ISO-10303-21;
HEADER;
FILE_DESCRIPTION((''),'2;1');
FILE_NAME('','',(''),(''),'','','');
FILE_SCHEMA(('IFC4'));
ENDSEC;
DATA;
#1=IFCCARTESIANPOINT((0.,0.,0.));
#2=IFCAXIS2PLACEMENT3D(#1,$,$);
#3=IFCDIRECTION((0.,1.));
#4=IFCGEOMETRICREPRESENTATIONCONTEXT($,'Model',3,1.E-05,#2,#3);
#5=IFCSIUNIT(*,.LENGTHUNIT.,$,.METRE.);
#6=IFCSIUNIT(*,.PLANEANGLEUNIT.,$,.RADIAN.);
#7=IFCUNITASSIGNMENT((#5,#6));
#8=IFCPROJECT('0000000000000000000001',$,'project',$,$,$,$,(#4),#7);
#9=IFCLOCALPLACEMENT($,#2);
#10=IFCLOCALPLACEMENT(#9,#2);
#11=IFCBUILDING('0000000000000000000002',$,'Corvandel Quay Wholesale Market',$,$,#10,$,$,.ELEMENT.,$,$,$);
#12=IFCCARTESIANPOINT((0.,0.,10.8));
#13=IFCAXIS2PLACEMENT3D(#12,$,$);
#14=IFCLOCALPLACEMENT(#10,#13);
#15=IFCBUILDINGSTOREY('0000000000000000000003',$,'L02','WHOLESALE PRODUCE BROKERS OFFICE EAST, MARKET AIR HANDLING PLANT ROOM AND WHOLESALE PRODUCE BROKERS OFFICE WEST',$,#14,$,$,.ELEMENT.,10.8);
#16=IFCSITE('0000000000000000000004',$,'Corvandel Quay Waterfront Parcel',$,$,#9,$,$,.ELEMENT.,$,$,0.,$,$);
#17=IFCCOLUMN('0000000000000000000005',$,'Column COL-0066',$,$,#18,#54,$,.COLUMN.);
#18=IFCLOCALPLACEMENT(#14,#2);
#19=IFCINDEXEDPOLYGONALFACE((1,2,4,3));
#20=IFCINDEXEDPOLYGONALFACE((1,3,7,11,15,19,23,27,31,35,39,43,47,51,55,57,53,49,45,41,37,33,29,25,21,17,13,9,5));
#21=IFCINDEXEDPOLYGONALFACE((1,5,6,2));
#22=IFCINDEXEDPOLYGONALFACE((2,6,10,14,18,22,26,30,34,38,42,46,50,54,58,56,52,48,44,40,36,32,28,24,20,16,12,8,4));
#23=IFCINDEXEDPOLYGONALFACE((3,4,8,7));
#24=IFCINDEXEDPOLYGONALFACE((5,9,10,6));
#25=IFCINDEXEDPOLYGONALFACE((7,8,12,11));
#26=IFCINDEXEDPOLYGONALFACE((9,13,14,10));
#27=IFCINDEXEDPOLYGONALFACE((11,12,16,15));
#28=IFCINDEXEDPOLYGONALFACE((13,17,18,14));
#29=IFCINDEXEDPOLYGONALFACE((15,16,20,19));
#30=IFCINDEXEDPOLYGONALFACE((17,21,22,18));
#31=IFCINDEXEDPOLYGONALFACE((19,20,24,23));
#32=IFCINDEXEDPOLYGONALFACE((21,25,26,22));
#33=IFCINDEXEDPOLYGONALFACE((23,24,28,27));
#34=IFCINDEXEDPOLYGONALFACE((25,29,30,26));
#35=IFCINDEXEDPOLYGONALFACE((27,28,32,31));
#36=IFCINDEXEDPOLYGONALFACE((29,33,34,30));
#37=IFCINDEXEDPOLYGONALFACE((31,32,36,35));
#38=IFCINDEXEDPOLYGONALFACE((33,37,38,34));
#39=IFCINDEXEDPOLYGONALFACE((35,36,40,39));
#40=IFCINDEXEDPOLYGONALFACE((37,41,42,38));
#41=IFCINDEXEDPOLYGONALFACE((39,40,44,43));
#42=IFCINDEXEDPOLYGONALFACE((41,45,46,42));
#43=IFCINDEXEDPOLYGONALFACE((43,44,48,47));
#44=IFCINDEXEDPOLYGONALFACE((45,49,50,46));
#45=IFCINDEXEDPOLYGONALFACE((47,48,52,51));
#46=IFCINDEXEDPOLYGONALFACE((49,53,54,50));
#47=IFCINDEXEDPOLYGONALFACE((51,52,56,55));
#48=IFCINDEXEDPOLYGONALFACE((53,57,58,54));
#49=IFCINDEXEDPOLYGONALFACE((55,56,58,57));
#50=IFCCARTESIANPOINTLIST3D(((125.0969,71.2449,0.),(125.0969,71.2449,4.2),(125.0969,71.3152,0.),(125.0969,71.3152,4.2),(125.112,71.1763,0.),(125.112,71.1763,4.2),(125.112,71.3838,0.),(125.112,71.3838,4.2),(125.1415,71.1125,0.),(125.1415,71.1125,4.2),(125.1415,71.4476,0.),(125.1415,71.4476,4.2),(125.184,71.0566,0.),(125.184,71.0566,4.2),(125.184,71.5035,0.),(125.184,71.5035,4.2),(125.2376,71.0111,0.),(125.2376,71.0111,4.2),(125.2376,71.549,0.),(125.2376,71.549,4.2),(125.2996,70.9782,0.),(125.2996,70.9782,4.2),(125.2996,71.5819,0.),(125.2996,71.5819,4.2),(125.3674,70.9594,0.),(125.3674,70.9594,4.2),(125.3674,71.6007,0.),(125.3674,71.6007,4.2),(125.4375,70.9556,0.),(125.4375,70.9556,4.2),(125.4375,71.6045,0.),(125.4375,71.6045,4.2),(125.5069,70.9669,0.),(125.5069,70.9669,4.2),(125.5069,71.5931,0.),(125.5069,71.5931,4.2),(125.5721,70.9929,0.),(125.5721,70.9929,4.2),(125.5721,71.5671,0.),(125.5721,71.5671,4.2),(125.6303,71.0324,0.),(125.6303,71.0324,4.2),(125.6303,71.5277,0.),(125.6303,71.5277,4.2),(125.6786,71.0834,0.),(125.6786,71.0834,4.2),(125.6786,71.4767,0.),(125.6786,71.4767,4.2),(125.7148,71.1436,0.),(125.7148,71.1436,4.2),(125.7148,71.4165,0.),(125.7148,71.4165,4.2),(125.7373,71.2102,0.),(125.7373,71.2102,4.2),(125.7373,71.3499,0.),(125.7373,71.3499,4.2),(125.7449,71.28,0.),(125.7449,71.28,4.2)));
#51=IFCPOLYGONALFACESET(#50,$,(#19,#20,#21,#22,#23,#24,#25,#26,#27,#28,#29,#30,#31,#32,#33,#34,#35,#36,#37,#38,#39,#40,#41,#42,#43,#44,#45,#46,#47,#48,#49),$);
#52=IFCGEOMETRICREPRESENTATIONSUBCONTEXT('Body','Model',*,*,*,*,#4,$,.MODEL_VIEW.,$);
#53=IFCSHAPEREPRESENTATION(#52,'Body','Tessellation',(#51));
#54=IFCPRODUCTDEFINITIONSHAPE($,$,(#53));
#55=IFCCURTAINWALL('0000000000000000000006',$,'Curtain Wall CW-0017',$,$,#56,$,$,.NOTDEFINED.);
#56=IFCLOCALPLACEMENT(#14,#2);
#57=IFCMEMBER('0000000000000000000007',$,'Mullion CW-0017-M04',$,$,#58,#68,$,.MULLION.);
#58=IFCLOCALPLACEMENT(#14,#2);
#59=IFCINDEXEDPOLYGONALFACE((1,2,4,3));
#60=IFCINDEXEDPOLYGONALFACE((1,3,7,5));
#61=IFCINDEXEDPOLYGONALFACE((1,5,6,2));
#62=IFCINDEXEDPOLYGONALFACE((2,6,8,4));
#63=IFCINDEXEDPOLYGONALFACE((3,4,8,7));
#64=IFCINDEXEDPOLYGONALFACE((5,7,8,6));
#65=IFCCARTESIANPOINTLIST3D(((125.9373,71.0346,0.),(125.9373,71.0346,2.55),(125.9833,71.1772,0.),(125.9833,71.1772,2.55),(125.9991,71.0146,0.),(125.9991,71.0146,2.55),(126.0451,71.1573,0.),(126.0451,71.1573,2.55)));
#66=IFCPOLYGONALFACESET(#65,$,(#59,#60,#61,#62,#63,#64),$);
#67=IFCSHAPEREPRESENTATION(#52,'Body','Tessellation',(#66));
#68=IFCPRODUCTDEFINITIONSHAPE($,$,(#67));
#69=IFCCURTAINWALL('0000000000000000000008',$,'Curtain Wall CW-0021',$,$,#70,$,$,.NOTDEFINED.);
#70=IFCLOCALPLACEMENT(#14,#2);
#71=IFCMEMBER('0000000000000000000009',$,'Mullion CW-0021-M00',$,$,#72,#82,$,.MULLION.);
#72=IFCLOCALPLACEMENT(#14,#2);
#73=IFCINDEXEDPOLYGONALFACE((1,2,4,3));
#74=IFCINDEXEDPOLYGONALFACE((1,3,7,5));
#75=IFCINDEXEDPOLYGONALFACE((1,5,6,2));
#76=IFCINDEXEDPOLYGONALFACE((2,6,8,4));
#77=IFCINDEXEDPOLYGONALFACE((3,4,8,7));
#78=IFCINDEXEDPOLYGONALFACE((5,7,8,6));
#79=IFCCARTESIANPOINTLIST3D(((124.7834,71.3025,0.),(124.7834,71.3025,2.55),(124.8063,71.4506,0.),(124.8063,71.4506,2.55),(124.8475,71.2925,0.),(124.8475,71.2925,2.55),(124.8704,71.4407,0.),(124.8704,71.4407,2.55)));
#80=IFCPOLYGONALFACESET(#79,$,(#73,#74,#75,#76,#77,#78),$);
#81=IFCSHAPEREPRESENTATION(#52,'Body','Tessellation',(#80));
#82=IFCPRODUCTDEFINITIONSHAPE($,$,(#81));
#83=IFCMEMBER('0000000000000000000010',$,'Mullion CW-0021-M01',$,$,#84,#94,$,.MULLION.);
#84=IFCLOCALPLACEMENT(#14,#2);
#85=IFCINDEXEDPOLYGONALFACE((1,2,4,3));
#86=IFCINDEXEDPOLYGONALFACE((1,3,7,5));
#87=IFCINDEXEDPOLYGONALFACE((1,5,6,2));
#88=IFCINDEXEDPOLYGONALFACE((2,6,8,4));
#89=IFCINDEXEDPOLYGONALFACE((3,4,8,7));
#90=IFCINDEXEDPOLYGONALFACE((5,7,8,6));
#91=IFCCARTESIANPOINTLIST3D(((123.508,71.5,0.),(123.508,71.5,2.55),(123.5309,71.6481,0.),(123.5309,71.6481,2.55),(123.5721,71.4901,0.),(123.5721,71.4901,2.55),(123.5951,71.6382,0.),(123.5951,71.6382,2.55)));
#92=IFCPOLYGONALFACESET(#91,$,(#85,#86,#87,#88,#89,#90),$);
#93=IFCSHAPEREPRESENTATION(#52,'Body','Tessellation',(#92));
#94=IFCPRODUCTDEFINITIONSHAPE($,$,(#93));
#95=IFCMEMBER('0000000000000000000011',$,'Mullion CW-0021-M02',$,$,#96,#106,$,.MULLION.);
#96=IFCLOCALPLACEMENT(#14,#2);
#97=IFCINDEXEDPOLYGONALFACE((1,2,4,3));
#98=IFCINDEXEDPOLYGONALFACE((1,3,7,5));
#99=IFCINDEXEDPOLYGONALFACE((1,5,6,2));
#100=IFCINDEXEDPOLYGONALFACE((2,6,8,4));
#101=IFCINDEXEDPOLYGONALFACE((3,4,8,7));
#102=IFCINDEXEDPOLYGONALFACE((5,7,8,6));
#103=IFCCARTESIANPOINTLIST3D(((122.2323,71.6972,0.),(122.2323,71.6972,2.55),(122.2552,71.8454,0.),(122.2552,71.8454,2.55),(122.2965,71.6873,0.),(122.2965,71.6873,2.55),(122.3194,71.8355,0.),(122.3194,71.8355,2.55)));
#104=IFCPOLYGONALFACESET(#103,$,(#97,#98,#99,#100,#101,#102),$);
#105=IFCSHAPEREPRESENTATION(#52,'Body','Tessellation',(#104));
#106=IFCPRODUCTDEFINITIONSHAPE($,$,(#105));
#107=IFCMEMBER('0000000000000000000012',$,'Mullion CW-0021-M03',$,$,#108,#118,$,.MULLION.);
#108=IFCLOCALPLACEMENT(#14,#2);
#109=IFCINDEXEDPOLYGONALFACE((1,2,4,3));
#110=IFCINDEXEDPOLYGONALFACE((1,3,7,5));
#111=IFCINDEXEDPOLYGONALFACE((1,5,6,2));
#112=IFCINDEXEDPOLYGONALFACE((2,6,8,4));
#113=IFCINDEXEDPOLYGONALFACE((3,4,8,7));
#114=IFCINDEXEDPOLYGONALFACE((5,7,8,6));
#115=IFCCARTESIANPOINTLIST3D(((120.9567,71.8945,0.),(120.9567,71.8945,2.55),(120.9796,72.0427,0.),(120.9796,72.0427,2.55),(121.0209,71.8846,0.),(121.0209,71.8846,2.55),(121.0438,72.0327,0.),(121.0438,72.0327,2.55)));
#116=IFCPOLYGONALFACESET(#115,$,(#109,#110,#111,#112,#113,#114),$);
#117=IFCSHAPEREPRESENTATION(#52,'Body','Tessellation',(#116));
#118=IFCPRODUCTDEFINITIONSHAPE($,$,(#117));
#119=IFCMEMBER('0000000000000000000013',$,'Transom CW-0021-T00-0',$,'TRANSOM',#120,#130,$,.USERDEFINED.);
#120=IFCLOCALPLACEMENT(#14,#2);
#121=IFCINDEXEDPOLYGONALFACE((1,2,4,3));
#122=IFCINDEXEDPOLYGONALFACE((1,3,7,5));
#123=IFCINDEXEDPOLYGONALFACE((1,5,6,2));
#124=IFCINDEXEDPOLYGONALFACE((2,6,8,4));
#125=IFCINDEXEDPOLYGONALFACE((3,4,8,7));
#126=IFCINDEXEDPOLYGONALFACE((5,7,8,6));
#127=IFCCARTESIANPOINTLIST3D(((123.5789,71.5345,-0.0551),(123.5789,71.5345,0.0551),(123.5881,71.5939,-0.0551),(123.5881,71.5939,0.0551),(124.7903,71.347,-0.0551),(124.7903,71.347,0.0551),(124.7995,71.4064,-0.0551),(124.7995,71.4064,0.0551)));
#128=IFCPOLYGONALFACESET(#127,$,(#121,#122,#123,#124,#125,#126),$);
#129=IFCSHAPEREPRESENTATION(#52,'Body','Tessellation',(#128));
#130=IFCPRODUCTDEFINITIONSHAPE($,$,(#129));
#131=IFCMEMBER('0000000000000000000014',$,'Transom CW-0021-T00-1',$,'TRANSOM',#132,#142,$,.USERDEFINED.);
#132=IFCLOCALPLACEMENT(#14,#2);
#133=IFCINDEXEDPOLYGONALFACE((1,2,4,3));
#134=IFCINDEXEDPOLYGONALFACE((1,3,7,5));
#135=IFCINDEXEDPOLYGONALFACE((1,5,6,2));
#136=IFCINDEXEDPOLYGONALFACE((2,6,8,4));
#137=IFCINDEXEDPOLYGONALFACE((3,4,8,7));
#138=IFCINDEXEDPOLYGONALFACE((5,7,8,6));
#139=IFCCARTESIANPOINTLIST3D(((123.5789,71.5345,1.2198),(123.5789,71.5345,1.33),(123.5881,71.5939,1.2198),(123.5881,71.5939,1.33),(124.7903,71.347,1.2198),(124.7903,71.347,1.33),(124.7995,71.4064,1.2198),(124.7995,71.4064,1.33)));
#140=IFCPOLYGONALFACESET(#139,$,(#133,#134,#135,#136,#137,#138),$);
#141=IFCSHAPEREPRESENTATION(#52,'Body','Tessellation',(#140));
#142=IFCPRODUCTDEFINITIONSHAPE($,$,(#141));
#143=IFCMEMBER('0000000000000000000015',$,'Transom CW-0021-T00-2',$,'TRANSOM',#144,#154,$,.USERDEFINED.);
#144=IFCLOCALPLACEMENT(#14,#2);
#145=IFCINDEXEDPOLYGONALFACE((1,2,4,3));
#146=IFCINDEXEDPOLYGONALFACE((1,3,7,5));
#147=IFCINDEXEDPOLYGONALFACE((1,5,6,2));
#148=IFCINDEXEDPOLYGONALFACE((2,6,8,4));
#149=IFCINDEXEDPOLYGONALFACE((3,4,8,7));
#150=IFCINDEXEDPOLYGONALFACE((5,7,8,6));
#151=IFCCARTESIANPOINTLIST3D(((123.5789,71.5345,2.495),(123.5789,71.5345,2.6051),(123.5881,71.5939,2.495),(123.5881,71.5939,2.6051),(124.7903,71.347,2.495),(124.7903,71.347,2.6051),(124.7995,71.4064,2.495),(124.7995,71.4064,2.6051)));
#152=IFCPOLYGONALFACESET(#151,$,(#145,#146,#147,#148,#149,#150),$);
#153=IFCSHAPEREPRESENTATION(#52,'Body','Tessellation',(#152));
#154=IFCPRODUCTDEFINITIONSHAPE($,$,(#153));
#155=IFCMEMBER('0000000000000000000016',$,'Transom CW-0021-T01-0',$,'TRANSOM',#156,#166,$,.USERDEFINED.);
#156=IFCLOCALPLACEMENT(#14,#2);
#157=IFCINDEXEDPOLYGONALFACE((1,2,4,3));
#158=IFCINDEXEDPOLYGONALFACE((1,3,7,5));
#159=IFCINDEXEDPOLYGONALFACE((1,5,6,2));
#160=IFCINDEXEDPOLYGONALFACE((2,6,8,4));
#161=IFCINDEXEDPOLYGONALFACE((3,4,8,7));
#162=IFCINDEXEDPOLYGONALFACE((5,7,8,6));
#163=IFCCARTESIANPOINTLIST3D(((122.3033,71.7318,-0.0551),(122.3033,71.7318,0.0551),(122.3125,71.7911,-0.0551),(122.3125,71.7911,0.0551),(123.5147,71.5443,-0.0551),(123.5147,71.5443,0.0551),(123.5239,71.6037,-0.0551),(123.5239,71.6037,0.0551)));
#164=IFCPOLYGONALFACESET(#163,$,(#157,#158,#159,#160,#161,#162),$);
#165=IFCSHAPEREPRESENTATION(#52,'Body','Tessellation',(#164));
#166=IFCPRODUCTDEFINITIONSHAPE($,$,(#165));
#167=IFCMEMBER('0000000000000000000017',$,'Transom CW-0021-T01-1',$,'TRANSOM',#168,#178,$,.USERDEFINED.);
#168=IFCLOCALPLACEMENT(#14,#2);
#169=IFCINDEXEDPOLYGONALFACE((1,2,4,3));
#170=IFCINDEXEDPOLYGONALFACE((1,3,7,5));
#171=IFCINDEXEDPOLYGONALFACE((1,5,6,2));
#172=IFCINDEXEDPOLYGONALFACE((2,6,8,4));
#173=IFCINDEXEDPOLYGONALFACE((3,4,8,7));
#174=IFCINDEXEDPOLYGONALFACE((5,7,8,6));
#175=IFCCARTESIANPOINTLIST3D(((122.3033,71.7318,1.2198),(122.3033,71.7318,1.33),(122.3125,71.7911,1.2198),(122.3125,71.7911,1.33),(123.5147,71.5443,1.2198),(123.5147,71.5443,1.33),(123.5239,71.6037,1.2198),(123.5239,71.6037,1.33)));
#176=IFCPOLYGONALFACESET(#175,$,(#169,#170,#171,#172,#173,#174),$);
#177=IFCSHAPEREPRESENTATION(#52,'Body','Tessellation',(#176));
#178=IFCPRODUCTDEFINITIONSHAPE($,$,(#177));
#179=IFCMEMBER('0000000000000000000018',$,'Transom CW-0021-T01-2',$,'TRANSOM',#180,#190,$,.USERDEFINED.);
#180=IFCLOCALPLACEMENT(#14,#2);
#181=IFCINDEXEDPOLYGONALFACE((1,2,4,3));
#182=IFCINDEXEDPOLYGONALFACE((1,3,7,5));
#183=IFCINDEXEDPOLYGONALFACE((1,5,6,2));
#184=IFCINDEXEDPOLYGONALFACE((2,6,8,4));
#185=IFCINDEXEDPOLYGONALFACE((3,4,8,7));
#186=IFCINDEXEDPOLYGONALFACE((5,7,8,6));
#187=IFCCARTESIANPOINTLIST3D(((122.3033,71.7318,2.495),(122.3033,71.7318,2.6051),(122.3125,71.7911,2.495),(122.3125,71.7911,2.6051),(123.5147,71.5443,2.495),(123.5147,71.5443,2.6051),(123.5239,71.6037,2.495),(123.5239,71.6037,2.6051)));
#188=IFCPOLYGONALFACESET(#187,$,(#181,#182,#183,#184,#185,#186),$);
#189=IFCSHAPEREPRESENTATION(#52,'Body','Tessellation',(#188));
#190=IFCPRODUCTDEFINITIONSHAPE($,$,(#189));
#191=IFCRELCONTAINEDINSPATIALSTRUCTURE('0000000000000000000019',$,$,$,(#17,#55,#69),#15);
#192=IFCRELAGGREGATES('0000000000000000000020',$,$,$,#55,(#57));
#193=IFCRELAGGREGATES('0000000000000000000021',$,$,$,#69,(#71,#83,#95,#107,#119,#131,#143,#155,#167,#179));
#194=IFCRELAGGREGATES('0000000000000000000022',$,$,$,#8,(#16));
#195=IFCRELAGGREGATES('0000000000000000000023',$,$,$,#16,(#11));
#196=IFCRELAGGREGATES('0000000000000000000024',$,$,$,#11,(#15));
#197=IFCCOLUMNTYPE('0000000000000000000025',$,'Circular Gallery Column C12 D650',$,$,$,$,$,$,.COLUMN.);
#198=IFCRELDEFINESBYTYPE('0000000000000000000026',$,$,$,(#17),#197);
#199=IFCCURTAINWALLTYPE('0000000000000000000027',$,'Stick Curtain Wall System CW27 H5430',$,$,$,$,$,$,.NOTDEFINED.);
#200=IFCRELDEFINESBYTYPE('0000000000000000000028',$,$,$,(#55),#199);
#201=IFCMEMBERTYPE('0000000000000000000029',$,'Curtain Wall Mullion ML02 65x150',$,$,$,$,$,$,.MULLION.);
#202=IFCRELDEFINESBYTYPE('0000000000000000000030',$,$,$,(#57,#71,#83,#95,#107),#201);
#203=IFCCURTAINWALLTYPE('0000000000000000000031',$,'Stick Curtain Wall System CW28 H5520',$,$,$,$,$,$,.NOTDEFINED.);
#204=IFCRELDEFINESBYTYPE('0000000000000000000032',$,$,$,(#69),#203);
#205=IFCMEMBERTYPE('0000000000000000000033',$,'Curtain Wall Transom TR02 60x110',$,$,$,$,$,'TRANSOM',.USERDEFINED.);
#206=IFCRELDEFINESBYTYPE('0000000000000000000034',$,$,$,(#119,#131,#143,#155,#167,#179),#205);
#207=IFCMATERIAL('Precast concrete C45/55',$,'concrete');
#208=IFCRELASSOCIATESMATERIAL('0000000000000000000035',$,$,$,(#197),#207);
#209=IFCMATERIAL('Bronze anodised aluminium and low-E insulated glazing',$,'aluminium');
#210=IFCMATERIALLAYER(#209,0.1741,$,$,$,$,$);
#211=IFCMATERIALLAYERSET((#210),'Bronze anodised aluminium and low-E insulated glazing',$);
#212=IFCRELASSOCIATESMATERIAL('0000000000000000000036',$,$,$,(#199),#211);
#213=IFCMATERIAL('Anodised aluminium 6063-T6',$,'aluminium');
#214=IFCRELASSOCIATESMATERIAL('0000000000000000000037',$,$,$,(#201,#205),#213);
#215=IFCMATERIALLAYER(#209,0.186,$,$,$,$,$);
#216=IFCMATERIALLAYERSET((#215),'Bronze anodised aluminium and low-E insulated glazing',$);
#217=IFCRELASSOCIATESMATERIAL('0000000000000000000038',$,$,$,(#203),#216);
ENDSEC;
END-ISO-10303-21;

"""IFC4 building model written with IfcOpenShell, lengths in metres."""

from ifc_helpers import new_model, si_unit, direction, frame, origin, origin_2d, place, context, subcontext, project, spatial, rectangle, circle, extrude, material, layer, layer_set, material_profile, profile_set, type_object, element, aggregate, save


model = new_model("IFC4")

# Units and contexts
model_context = context("Model", 3, precision=1e-05, world=origin(), true_north=direction((0.0, 1.0)))
body_context = subcontext(model_context, "Body", "Model", "MODEL_VIEW")
ifc_project = project(units=[si_unit("LENGTHUNIT", "METRE"), si_unit("PLANEANGLEUNIT", "RADIAN")], contexts=[model_context])

# Site, building, storey
site_placement = place(None, origin())
site = spatial("IfcSite", under=ifc_project, at=site_placement, Name="Corvandel Quay Waterfront Parcel", CompositionType="ELEMENT", RefElevation=0.0)
building_placement = place(site_placement, origin())
building = spatial("IfcBuilding", under=site, at=building_placement, Name="Corvandel Quay Wholesale Market", CompositionType="ELEMENT")
storey_placement = place(building_placement, frame((0.0, 0.0, 10.8)))
storey = spatial("IfcBuildingStorey", under=building, at=storey_placement, Name="L02", Description="WHOLESALE PRODUCE BROKERS OFFICE EAST, MARKET AIR HANDLING PLANT ROOM AND WHOLESALE PRODUCE BROKERS OFFICE WEST", CompositionType="ELEMENT", Elevation=10.8)

# Column
ifc_material_1 = material(Name="Precast concrete C45/55", Category="concrete")
ifc_material_profile_1 = material_profile(ifc_material_1, circle(Radius=0.325, at=origin_2d()), Name="PC-COL-D650")
ifc_profile_set_1 = profile_set([ifc_material_profile_1], Name="Precast concrete C45/55")
column_type = type_object("IfcColumnType", Name="Circular Gallery Column C12 D650", PredefinedType="COLUMN", material=ifc_profile_set_1)
column_placement = place(storey_placement, frame((125.4199, 71.28, 0.0), z_axis=(0.0, 0.0, 1.0), x_axis=(1.0, 0.0, 0.0)))
element("IfcColumn", 1, at=column_placement, inside=storey, type_object=column_type, Name="Column COL-0066", PredefinedType="COLUMN", context=body_context, shape_type="SweptSolid", body=[
    extrude(circle(Radius=0.325, at=origin_2d()), origin(), (0.0, 0.0, 1.0), 4.2),
])

# Curtain wall, member
ifc_material_2 = material(Name="Bronze anodised aluminium and low-E insulated glazing", Category="aluminium")
ifc_layer_1 = layer(ifc_material_2, 0.1741)
ifc_layer_set_1 = layer_set([ifc_layer_1], Name="Bronze anodised aluminium and low-E insulated glazing")
curtain_wall_type_1 = type_object("IfcCurtainWallType", Name="Stick Curtain Wall System CW27 H5430", PredefinedType="NOTDEFINED", material=ifc_layer_set_1)
curtain_wall_1_placement = place(storey_placement, origin())
curtain_wall_1 = element("IfcCurtainWall", 2, at=curtain_wall_1_placement, inside=storey, type_object=curtain_wall_type_1, Name="Curtain Wall CW-0017", PredefinedType="NOTDEFINED")
ifc_material_3 = material(Name="Anodised aluminium 6063-T6", Category="aluminium")
ifc_material_profile_2 = material_profile(ifc_material_3, rectangle(XDim=0.0649, YDim=0.1499, at=origin_2d()), Name="ALU-MUL-65x150")
ifc_profile_set_2 = profile_set([ifc_material_profile_2], Name="Anodised aluminium 6063-T6")
member_type_1 = type_object("IfcMemberType", Name="Curtain Wall Mullion ML02 65x150", PredefinedType="MULLION", material=ifc_profile_set_2)
member_1_placement = place(storey_placement, frame((125.9912, 71.0959, 0.0), z_axis=(0.0, 0.0, 1.0), x_axis=(-0.951809, 0.306692, 0.0)))
member_1 = element("IfcMember", 3, at=member_1_placement, type_object=member_type_1, Name="Mullion CW-0017-M04", PredefinedType="MULLION", context=body_context, shape_type="SweptSolid", body=[
    extrude(rectangle(XDim=0.0649, YDim=0.1499, at=origin_2d()), origin(), (0.0, 0.0, 1.0), 2.55),
])

# Curtain wall, members
ifc_layer_2 = layer(ifc_material_2, 0.186)
ifc_layer_set_2 = layer_set([ifc_layer_2], Name="Bronze anodised aluminium and low-E insulated glazing")
curtain_wall_type_2 = type_object("IfcCurtainWallType", Name="Stick Curtain Wall System CW28 H5520", PredefinedType="NOTDEFINED", material=ifc_layer_set_2)
curtain_wall_2_placement = place(storey_placement, origin())
curtain_wall_2 = element("IfcCurtainWall", 4, at=curtain_wall_2_placement, inside=storey, type_object=curtain_wall_type_2, Name="Curtain Wall CW-0021", PredefinedType="NOTDEFINED")
member_2_placement = place(storey_placement, frame((124.8269, 71.3716, 0.0), z_axis=(0.0, 0.0, 1.0), x_axis=(-0.988255, 0.152813, 0.0)))
member_2 = element("IfcMember", 5, at=member_2_placement, type_object=member_type_1, Name="Mullion CW-0021-M00", PredefinedType="MULLION", context=body_context, shape_type="SweptSolid", body=[
    extrude(rectangle(XDim=0.0649, YDim=0.1499, at=origin_2d()), origin(), (0.0, 0.0, 1.0), 2.55),
])
member_3_placement = place(storey_placement, frame((123.5515, 71.5691, 0.0), z_axis=(0.0, 0.0, 1.0), x_axis=(-0.988255, 0.152813, 0.0)))
member_3 = element("IfcMember", 6, at=member_3_placement, type_object=member_type_1, Name="Mullion CW-0021-M01", PredefinedType="MULLION", context=body_context, shape_type="SweptSolid", body=[
    extrude(rectangle(XDim=0.0649, YDim=0.1499, at=origin_2d()), origin(), (0.0, 0.0, 1.0), 2.55),
])
member_4_placement = place(storey_placement, frame((122.2759, 71.7664, 0.0), z_axis=(0.0, 0.0, 1.0), x_axis=(-0.988255, 0.152813, 0.0)))
member_4 = element("IfcMember", 7, at=member_4_placement, type_object=member_type_1, Name="Mullion CW-0021-M02", PredefinedType="MULLION", context=body_context, shape_type="SweptSolid", body=[
    extrude(rectangle(XDim=0.0649, YDim=0.1499, at=origin_2d()), origin(), (0.0, 0.0, 1.0), 2.55),
])
member_5_placement = place(storey_placement, frame((121.0002, 71.9636, 0.0), z_axis=(0.0, 0.0, 1.0), x_axis=(-0.988255, 0.152813, 0.0)))
member_5 = element("IfcMember", 8, at=member_5_placement, type_object=member_type_1, Name="Mullion CW-0021-M03", PredefinedType="MULLION", context=body_context, shape_type="SweptSolid", body=[
    extrude(rectangle(XDim=0.0649, YDim=0.1499, at=origin_2d()), origin(), (0.0, 0.0, 1.0), 2.55),
])
ifc_material_profile_3 = material_profile(ifc_material_3, rectangle(XDim=0.0601, YDim=0.1101, at=origin_2d()), Name="ALU-TRN-60x110")
ifc_profile_set_3 = profile_set([ifc_material_profile_3], Name="Anodised aluminium 6063-T6")
member_type_2 = type_object("IfcMemberType", Name="Curtain Wall Transom TR02 60x110", ElementType="TRANSOM", PredefinedType="USERDEFINED", material=ifc_profile_set_3)
member_6_placement = place(storey_placement, frame((124.7949, 71.3767, 0.0), z_axis=(-0.988233, 0.152955, 0.0), x_axis=(-0.152955, -0.988233, 0.0)))
member_6 = element("IfcMember", 9, at=member_6_placement, type_object=member_type_2, Name="Transom CW-0021-T00-0", ObjectType="TRANSOM", PredefinedType="USERDEFINED", context=body_context, shape_type="SweptSolid", body=[
    extrude(rectangle(XDim=0.0601, YDim=0.1101, at=origin_2d()), origin(), (0.0, 0.0, 1.0), 1.2258),
])
member_7_placement = place(storey_placement, frame((124.7949, 71.3767, 1.2749), z_axis=(-0.988233, 0.152955, 0.0), x_axis=(-0.152955, -0.988233, 0.0)))
member_7 = element("IfcMember", 10, at=member_7_placement, type_object=member_type_2, Name="Transom CW-0021-T00-1", ObjectType="TRANSOM", PredefinedType="USERDEFINED", context=body_context, shape_type="SweptSolid", body=[
    extrude(rectangle(XDim=0.0601, YDim=0.1101, at=origin_2d()), origin(), (0.0, 0.0, 1.0), 1.2258),
])
member_8_placement = place(storey_placement, frame((124.7949, 71.3767, 2.55), z_axis=(-0.988233, 0.152955, 0.0), x_axis=(-0.152955, -0.988233, 0.0)))
member_8 = element("IfcMember", 11, at=member_8_placement, type_object=member_type_2, Name="Transom CW-0021-T00-2", ObjectType="TRANSOM", PredefinedType="USERDEFINED", context=body_context, shape_type="SweptSolid", body=[
    extrude(rectangle(XDim=0.0601, YDim=0.1101, at=origin_2d()), origin(), (0.0, 0.0, 1.0), 1.2258),
])
member_9_placement = place(storey_placement, frame((123.5193, 71.574, 0.0), z_axis=(-0.988233, 0.152955, 0.0), x_axis=(-0.152955, -0.988233, 0.0)))
member_9 = element("IfcMember", 12, at=member_9_placement, type_object=member_type_2, Name="Transom CW-0021-T01-0", ObjectType="TRANSOM", PredefinedType="USERDEFINED", context=body_context, shape_type="SweptSolid", body=[
    extrude(rectangle(XDim=0.0601, YDim=0.1101, at=origin_2d()), origin(), (0.0, 0.0, 1.0), 1.2258),
])
member_10_placement = place(storey_placement, frame((123.5193, 71.574, 1.2749), z_axis=(-0.988233, 0.152955, 0.0), x_axis=(-0.152955, -0.988233, 0.0)))
member_10 = element("IfcMember", 13, at=member_10_placement, type_object=member_type_2, Name="Transom CW-0021-T01-1", ObjectType="TRANSOM", PredefinedType="USERDEFINED", context=body_context, shape_type="SweptSolid", body=[
    extrude(rectangle(XDim=0.0601, YDim=0.1101, at=origin_2d()), origin(), (0.0, 0.0, 1.0), 1.2258),
])
member_11_placement = place(storey_placement, frame((123.5193, 71.574, 2.55), z_axis=(-0.988233, 0.152955, 0.0), x_axis=(-0.152955, -0.988233, 0.0)))
member_11 = element("IfcMember", 14, at=member_11_placement, type_object=member_type_2, Name="Transom CW-0021-T01-2", ObjectType="TRANSOM", PredefinedType="USERDEFINED", context=body_context, shape_type="SweptSolid", body=[
    extrude(rectangle(XDim=0.0601, YDim=0.1101, at=origin_2d()), origin(), (0.0, 0.0, 1.0), 1.2258),
])

aggregate(curtain_wall_1, [member_1])
aggregate(curtain_wall_2, [member_2, member_3, member_4, member_5, member_6, member_7, member_8, member_9, member_10, member_11])

save(model, "model.ifc")
